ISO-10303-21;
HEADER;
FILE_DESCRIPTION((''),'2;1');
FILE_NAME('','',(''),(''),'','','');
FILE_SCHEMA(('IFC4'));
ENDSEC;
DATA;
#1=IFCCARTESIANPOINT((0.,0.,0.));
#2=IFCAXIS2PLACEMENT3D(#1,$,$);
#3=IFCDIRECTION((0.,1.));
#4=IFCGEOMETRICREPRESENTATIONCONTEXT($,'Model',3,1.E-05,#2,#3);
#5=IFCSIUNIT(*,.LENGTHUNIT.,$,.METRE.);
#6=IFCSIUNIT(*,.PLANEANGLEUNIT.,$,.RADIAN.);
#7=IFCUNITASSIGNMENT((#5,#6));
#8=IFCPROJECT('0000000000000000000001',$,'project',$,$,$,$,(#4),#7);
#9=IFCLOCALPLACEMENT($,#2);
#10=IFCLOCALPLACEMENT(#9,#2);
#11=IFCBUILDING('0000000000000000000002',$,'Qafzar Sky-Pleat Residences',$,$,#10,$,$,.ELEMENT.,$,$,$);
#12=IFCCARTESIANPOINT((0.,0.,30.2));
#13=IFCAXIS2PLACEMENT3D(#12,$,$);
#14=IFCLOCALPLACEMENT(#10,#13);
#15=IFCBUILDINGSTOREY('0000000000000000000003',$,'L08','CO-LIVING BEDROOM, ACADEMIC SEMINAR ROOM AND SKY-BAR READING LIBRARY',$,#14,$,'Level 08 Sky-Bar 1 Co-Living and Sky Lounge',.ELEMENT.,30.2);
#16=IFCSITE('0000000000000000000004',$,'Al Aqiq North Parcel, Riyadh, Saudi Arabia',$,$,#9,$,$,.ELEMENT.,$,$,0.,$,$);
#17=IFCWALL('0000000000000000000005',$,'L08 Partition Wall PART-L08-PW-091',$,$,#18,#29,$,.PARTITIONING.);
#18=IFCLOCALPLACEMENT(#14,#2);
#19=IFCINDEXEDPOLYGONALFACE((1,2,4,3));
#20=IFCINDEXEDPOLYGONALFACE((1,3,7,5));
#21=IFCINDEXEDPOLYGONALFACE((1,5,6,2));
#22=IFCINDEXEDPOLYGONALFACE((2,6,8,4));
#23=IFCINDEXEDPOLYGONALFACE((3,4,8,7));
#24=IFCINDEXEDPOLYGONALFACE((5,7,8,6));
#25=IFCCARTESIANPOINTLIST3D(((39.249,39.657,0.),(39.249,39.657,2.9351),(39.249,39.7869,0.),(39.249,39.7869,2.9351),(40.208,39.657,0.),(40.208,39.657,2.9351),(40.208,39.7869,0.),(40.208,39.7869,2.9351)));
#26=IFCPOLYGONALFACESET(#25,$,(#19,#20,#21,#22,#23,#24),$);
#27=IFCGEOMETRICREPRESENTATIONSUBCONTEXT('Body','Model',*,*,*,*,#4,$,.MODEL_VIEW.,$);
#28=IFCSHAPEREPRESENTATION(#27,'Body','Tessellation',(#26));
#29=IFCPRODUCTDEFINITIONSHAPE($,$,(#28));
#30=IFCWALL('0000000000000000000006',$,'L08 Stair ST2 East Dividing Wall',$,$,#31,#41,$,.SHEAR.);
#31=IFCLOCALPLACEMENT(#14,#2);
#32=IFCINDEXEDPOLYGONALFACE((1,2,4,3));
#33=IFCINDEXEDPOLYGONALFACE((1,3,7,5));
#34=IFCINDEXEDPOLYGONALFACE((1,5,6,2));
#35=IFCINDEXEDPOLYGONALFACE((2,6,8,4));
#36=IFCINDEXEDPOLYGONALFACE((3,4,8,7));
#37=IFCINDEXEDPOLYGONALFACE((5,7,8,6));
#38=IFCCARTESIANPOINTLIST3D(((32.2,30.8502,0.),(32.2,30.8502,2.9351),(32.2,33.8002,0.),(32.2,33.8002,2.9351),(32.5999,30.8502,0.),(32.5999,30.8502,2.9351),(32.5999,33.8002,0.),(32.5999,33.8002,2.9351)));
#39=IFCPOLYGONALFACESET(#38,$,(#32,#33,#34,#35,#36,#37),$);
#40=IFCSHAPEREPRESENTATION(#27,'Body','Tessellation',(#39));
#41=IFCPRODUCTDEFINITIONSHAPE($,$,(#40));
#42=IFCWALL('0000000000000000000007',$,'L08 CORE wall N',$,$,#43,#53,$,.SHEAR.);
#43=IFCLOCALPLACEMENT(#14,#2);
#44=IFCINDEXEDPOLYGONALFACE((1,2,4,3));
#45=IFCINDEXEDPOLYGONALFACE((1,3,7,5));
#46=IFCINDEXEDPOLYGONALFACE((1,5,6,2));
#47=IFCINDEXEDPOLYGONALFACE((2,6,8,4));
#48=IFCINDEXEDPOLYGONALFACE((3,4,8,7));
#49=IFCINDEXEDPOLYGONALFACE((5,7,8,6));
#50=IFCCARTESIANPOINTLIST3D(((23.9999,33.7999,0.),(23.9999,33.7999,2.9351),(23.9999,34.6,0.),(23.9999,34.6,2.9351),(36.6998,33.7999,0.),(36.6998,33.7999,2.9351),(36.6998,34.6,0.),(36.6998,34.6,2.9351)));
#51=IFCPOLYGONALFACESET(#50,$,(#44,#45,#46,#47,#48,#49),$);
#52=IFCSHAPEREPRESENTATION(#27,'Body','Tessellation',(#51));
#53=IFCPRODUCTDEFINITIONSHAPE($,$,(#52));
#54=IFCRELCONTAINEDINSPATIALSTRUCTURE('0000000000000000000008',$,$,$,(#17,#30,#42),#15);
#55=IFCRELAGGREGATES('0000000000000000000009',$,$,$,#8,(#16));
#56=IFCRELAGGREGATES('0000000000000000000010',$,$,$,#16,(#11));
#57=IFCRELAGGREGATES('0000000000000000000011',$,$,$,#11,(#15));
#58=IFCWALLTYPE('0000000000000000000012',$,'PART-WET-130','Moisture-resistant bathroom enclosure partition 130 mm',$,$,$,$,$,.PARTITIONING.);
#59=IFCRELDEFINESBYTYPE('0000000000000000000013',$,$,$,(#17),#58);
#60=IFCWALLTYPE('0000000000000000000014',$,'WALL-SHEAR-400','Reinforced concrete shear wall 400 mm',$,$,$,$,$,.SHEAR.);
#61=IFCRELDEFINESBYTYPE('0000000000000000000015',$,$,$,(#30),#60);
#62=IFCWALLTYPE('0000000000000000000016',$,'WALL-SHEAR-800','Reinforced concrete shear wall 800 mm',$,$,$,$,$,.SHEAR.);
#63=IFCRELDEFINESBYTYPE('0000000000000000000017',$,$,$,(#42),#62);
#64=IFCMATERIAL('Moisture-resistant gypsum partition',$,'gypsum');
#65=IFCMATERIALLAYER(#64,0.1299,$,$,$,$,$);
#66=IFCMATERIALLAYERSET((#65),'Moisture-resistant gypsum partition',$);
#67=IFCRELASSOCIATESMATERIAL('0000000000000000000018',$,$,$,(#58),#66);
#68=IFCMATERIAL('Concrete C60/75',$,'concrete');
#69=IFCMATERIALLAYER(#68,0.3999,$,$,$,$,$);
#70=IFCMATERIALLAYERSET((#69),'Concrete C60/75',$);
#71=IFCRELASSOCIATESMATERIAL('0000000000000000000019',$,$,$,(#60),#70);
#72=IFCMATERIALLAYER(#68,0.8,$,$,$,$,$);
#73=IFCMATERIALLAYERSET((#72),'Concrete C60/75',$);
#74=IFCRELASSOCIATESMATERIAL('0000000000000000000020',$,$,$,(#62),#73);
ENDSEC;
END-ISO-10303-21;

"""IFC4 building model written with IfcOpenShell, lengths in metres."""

from ifc_helpers import new_model, si_unit, direction, frame, frame_2d, origin, place, context, subcontext, project, spatial, rectangle, extrude, material, layer, layer_set, type_object, element, save


model = new_model("IFC4")

# Units and contexts
model_context = context("Model", 3, precision=1e-05, world=origin(), true_north=direction((0.0, 1.0)))
body_context = subcontext(model_context, "Body", "Model", "MODEL_VIEW")
ifc_project = project(units=[si_unit("LENGTHUNIT", "METRE"), si_unit("PLANEANGLEUNIT", "RADIAN")], contexts=[model_context])

# Site, building, storey
site_placement = place(None, origin())
site = spatial("IfcSite", under=ifc_project, at=site_placement, Name="Al Aqiq North Parcel, Riyadh, Saudi Arabia", CompositionType="ELEMENT", RefElevation=0.0)
building_placement = place(site_placement, origin())
building = spatial("IfcBuilding", under=site, at=building_placement, Name="Qafzar Sky-Pleat Residences", CompositionType="ELEMENT")
storey_placement = place(building_placement, frame((0.0, 0.0, 30.2)))
storey = spatial("IfcBuildingStorey", under=building, at=storey_placement, Name="L08", Description="CO-LIVING BEDROOM, ACADEMIC SEMINAR ROOM AND SKY-BAR READING LIBRARY", LongName="Level 08 Sky-Bar 1 Co-Living and Sky Lounge", CompositionType="ELEMENT", Elevation=30.2)

# Shared definitions
ifc_material_1 = material(Name="Moisture-resistant gypsum partition", Category="gypsum")
ifc_layer_1 = layer(ifc_material_1, 0.1299)
ifc_layer_set_1 = layer_set([ifc_layer_1], Name="Moisture-resistant gypsum partition")
wall_type_1 = type_object("IfcWallType", Name="PART-WET-130", Description="Moisture-resistant bathroom enclosure partition 130 mm", PredefinedType="PARTITIONING", material=ifc_layer_set_1)

# Walls
wall_1_placement = place(storey_placement, frame((39.249, 39.7219, 0.0), z_axis=(0.0, 0.0, 1.0), x_axis=(1.0, 0.0, 0.0)))
element("IfcWall", 1, at=wall_1_placement, inside=storey, type_object=wall_type_1, Name="L08 Partition Wall PART-L08-PW-091", PredefinedType="PARTITIONING", context=body_context, shape_type="SweptSolid", body=[
    extrude(rectangle(XDim=0.959, YDim=0.1299, at=frame_2d((0.4795, 0.0))), origin(), (0.0, 0.0, 1.0), 2.9351),
])
ifc_material_2 = material(Name="Concrete C60/75", Category="concrete")
ifc_layer_2 = layer(ifc_material_2, 0.3999)
ifc_layer_set_2 = layer_set([ifc_layer_2], Name="Concrete C60/75")
wall_type_2 = type_object("IfcWallType", Name="WALL-SHEAR-400", Description="Reinforced concrete shear wall 400 mm", PredefinedType="SHEAR", material=ifc_layer_set_2)
wall_2_placement = place(storey_placement, frame((32.3999, 30.8501, 0.0), z_axis=(0.0, 0.0, 1.0), x_axis=(0.0, 1.0, 0.0)))
element("IfcWall", 2, at=wall_2_placement, inside=storey, type_object=wall_type_2, Name="L08 Stair ST2 East Dividing Wall", PredefinedType="SHEAR", context=body_context, shape_type="SweptSolid", body=[
    extrude(rectangle(XDim=2.95, YDim=0.3999, at=frame_2d((1.4751, 0.0))), origin(), (0.0, 0.0, 1.0), 2.9351),
])
ifc_layer_3 = layer(ifc_material_2, 0.8)
ifc_layer_set_3 = layer_set([ifc_layer_3], Name="Concrete C60/75")
wall_type_3 = type_object("IfcWallType", Name="WALL-SHEAR-800", Description="Reinforced concrete shear wall 800 mm", PredefinedType="SHEAR", material=ifc_layer_set_3)
wall_3_placement = place(storey_placement, frame((36.7, 34.2, 0.0), z_axis=(0.0, 0.0, 1.0), x_axis=(-1.0, 0.0, 0.0)))
element("IfcWall", 3, at=wall_3_placement, inside=storey, type_object=wall_type_3, Name="L08 CORE wall N", PredefinedType="SHEAR", context=body_context, shape_type="SweptSolid", body=[
    extrude(rectangle(XDim=12.7, YDim=0.8, at=frame_2d((6.3501, 0.0))), origin(), (0.0, 0.0, 1.0), 2.9351),
])

save(model, "model.ifc")
